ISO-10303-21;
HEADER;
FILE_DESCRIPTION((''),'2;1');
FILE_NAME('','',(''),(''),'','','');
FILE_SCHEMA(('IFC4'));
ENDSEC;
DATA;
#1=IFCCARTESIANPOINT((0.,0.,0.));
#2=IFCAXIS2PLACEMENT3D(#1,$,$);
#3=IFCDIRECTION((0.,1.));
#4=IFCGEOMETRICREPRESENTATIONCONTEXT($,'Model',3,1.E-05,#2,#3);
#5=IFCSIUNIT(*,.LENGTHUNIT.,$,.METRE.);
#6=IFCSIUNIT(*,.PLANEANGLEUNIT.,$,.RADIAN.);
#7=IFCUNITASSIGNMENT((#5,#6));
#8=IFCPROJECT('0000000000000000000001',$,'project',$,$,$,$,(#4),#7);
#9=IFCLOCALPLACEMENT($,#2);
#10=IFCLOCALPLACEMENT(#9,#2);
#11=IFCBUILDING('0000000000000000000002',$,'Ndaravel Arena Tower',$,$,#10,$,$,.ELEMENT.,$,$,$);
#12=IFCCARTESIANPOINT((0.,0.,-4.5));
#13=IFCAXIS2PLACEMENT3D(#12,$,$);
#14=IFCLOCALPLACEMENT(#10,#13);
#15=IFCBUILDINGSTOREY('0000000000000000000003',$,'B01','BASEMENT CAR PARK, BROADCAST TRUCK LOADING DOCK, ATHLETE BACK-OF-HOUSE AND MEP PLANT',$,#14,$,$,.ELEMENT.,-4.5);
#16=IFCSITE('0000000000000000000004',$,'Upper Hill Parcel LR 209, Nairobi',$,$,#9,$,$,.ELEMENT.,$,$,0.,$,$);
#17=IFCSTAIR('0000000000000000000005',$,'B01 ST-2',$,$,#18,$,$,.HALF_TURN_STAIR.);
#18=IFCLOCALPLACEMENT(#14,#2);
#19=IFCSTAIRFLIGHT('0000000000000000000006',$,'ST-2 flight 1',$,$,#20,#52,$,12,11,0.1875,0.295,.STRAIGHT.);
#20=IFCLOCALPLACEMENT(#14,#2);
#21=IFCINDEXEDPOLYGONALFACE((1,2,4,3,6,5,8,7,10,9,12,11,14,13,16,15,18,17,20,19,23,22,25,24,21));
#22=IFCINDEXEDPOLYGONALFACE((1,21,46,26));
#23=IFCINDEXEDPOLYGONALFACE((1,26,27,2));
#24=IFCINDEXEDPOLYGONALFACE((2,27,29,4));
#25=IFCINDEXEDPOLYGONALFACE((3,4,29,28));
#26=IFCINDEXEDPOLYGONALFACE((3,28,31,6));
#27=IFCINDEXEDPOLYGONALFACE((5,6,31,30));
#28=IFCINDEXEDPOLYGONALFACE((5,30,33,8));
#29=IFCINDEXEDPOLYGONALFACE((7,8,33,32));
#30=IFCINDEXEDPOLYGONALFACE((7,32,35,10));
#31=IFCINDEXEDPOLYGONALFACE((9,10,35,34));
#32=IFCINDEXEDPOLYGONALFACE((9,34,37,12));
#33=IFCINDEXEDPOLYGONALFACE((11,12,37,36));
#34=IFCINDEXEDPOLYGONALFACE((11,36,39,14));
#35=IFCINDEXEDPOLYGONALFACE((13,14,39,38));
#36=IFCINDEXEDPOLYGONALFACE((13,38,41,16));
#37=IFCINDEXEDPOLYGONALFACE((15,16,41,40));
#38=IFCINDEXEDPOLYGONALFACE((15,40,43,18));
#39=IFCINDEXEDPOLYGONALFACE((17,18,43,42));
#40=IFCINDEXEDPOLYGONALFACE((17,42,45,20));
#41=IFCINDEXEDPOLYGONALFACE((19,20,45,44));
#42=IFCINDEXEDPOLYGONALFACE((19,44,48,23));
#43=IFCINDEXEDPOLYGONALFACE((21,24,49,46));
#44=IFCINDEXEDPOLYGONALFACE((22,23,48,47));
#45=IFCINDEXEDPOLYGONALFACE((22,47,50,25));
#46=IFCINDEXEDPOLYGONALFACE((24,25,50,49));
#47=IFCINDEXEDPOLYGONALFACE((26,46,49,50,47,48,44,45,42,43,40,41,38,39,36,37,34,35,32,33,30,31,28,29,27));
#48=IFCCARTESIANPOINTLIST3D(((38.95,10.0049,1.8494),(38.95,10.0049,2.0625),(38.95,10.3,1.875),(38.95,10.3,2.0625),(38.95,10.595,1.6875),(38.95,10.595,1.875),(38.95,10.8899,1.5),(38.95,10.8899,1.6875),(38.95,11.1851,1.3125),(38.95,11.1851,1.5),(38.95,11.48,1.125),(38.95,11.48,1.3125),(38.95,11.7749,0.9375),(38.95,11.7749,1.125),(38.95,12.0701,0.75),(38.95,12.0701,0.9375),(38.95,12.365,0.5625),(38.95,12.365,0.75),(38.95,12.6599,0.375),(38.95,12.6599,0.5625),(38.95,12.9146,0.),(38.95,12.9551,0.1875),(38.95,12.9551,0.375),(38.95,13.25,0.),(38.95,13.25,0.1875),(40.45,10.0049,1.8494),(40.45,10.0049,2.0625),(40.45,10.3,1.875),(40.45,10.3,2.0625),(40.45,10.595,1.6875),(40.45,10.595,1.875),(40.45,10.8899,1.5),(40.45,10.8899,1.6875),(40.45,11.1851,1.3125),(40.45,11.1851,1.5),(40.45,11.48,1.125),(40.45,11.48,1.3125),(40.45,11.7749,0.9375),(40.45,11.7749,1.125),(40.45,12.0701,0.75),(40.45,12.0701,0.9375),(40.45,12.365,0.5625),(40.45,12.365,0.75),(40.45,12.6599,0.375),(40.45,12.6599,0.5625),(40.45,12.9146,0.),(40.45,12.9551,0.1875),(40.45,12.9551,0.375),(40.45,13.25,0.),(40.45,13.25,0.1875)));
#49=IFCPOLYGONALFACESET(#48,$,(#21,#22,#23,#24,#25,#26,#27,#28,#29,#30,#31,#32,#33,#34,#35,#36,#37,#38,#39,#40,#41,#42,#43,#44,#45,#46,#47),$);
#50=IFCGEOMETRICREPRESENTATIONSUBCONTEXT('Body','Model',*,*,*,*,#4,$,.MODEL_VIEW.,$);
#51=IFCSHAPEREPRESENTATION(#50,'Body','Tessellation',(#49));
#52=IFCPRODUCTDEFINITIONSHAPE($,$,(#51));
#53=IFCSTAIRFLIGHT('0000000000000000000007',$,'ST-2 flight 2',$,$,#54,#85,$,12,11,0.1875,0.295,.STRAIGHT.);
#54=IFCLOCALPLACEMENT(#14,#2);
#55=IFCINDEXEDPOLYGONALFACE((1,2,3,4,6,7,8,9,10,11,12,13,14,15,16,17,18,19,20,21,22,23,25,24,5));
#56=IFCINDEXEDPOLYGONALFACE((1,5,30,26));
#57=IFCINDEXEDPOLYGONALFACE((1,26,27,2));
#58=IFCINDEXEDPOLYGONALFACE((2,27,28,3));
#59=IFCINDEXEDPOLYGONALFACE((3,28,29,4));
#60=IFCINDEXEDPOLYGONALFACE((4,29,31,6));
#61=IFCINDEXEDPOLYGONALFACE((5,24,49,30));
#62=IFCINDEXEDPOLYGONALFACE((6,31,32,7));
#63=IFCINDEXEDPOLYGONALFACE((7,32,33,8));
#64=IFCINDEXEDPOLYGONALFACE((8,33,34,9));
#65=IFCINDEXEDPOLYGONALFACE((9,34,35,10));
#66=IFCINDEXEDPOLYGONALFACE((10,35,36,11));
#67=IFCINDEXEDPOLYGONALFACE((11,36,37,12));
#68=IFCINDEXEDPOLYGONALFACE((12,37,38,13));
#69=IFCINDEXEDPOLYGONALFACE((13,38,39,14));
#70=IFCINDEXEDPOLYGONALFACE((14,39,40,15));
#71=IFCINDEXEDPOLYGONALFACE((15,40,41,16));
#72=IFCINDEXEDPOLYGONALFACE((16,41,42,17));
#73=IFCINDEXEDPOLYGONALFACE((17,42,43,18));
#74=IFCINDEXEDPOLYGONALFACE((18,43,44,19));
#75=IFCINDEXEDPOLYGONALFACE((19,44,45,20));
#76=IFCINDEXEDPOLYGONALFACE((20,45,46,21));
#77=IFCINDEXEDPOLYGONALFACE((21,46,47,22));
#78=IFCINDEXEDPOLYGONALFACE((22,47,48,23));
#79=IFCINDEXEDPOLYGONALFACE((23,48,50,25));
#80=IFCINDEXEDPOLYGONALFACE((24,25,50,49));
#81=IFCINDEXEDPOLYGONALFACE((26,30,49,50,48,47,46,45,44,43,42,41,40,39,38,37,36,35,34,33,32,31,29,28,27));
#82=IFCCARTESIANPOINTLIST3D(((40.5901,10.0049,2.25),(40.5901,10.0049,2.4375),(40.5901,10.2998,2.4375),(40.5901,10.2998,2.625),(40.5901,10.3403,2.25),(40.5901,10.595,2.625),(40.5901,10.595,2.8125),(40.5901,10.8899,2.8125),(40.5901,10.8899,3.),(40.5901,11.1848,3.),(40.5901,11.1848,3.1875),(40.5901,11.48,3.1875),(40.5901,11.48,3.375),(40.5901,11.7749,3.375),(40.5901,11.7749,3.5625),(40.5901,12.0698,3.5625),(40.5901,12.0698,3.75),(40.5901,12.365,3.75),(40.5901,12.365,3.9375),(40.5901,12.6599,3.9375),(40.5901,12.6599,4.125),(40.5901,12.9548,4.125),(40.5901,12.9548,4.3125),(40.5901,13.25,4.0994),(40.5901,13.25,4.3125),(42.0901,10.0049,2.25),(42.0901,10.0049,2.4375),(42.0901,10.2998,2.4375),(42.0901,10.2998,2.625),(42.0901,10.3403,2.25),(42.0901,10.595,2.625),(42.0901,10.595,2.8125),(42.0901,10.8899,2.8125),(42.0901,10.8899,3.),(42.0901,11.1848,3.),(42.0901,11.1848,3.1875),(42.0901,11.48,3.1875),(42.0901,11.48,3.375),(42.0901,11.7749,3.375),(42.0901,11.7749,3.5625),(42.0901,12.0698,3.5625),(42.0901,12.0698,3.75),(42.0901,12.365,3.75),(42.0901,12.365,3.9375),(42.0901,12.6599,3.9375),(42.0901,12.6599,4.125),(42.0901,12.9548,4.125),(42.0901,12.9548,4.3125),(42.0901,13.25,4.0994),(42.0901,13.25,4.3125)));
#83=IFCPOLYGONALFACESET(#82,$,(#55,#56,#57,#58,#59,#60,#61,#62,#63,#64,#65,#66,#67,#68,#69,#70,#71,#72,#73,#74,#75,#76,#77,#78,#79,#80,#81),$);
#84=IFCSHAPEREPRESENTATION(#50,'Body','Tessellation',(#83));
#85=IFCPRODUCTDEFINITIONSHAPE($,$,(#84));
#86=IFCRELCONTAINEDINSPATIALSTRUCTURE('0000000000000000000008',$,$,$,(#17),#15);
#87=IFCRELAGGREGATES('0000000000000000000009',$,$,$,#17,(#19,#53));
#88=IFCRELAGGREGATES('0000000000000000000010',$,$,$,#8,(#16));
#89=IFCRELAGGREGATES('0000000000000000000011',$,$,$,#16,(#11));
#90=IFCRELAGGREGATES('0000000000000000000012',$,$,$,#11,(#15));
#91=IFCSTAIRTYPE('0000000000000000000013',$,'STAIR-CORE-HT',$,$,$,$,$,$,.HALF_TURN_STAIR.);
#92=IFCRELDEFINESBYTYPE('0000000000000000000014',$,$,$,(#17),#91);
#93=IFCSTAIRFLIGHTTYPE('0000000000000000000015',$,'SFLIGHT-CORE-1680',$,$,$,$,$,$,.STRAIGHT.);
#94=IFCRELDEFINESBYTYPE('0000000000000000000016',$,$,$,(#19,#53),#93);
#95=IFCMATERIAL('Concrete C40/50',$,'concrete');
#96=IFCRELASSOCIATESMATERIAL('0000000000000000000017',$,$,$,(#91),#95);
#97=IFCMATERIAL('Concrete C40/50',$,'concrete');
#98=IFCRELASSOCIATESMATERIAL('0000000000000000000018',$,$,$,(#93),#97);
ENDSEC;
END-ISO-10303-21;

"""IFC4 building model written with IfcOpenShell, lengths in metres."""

from ifc_helpers import new_model, si_unit, direction, frame, origin, place, context, subcontext, project, spatial, polyline, outline, extrude, material, type_object, element, aggregate, save


model = new_model("IFC4")

# Units and contexts
model_context = context("Model", 3, precision=1e-05, world=origin(), true_north=direction((0.0, 1.0)))
body_context = subcontext(model_context, "Body", "Model", "MODEL_VIEW")
ifc_project = project(units=[si_unit("LENGTHUNIT", "METRE"), si_unit("PLANEANGLEUNIT", "RADIAN")], contexts=[model_context])

# Site, building, storey
site_placement = place(None, origin())
site = spatial("IfcSite", under=ifc_project, at=site_placement, Name="Upper Hill Parcel LR 209, Nairobi", CompositionType="ELEMENT", RefElevation=0.0)
building_placement = place(site_placement, origin())
building = spatial("IfcBuilding", under=site, at=building_placement, Name="Ndaravel Arena Tower", CompositionType="ELEMENT")
storey_placement = place(building_placement, frame((0.0, 0.0, -4.5)))
storey = spatial("IfcBuildingStorey", under=building, at=storey_placement, Name="B01", Description="BASEMENT CAR PARK, BROADCAST TRUCK LOADING DOCK, ATHLETE BACK-OF-HOUSE AND MEP PLANT", CompositionType="ELEMENT", Elevation=-4.5)

# Shared definitions
ifc_material_1 = material(Name="Concrete C40/50", Category="concrete")
stair_type = type_object("IfcStairType", Name="STAIR-CORE-HT", PredefinedType="HALF_TURN_STAIR", material=ifc_material_1)
ifc_material_2 = material(Name="Concrete C40/50", Category="concrete")
stair_flight_type = type_object("IfcStairFlightType", Name="SFLIGHT-CORE-1680", PredefinedType="STRAIGHT", material=ifc_material_2)

# Stair, stair flights
stair_1_placement = place(storey_placement, origin())
stair_1 = element("IfcStair", 1, at=stair_1_placement, inside=storey, type_object=stair_type, Name="B01 ST-2", PredefinedType="HALF_TURN_STAIR")
stair_flight_1_placement = place(storey_placement, frame((39.7, 13.25, 0.0), z_axis=(0.0, 0.0, 1.0), x_axis=(0.0, -1.0, 0.0)))
stair_flight_1 = element("IfcStairFlight", 2, at=stair_flight_1_placement, type_object=stair_flight_type, Name="ST-2 flight 1", NumberOfRisers=12, NumberOfTreads=11, PredefinedType="STRAIGHT", RiserHeight=0.1875, TreadLength=0.295, context=body_context, shape_type="SweptSolid", body=[
    extrude(outline(polyline([(0.0, 0.0), (0.0, 0.1875), (0.2949, 0.1875), (0.2949, 0.375), (0.5901, 0.375), (0.5901, 0.5625), (0.885, 0.5625), (0.885, 0.75), (1.1799, 0.75), (1.1799, 0.9375), (1.4751, 0.9375), (1.4751, 1.125), (1.77, 1.125), (1.77, 1.3125), (2.0649, 1.3125), (2.0649, 1.5), (2.3601, 1.5), (2.3601, 1.6875), (2.655, 1.6875), (2.655, 1.875), (2.95, 1.875), (2.95, 2.0625), (3.2451, 2.0625), (3.2451, 2.25), (3.2451, 1.8494), (0.3354, 0.0), (0.0, 0.0)])), frame((0.0, 0.75, 0.0), z_axis=(0.0, -1.0, 0.0), x_axis=(1.0, 0.0, 0.0)), (0.0, 0.0, 1.0), 1.5),
])
stair_flight_2_placement = place(storey_placement, frame((41.3401, 10.0049, 2.25), z_axis=(0.0, 0.0, 1.0), x_axis=(0.0, 1.0, 0.0)))
stair_flight_2 = element("IfcStairFlight", 3, at=stair_flight_2_placement, type_object=stair_flight_type, Name="ST-2 flight 2", NumberOfRisers=12, NumberOfTreads=11, PredefinedType="STRAIGHT", RiserHeight=0.1875, TreadLength=0.295, context=body_context, shape_type="SweptSolid", body=[
    extrude(outline(polyline([(0.0, 0.0), (0.0, 0.1875), (0.2949, 0.1875), (0.2949, 0.375), (0.5901, 0.375), (0.5901, 0.5625), (0.885, 0.5625), (0.885, 0.75), (1.1799, 0.75), (1.1799, 0.9375), (1.4751, 0.9375), (1.4751, 1.125), (1.77, 1.125), (1.77, 1.3125), (2.0649, 1.3125), (2.0649, 1.5), (2.3601, 1.5), (2.3601, 1.6875), (2.655, 1.6875), (2.655, 1.875), (2.95, 1.875), (2.95, 2.0625), (3.2451, 2.0625), (3.2451, 2.25), (3.2451, 1.8494), (0.3354, 0.0), (0.0, 0.0)])), frame((0.0, 0.75, 0.0), z_axis=(0.0, -1.0, 0.0), x_axis=(1.0, 0.0, 0.0)), (0.0, 0.0, 1.0), 1.5),
])
aggregate(stair_1, [stair_flight_1, stair_flight_2])

save(model, "model.ifc")
